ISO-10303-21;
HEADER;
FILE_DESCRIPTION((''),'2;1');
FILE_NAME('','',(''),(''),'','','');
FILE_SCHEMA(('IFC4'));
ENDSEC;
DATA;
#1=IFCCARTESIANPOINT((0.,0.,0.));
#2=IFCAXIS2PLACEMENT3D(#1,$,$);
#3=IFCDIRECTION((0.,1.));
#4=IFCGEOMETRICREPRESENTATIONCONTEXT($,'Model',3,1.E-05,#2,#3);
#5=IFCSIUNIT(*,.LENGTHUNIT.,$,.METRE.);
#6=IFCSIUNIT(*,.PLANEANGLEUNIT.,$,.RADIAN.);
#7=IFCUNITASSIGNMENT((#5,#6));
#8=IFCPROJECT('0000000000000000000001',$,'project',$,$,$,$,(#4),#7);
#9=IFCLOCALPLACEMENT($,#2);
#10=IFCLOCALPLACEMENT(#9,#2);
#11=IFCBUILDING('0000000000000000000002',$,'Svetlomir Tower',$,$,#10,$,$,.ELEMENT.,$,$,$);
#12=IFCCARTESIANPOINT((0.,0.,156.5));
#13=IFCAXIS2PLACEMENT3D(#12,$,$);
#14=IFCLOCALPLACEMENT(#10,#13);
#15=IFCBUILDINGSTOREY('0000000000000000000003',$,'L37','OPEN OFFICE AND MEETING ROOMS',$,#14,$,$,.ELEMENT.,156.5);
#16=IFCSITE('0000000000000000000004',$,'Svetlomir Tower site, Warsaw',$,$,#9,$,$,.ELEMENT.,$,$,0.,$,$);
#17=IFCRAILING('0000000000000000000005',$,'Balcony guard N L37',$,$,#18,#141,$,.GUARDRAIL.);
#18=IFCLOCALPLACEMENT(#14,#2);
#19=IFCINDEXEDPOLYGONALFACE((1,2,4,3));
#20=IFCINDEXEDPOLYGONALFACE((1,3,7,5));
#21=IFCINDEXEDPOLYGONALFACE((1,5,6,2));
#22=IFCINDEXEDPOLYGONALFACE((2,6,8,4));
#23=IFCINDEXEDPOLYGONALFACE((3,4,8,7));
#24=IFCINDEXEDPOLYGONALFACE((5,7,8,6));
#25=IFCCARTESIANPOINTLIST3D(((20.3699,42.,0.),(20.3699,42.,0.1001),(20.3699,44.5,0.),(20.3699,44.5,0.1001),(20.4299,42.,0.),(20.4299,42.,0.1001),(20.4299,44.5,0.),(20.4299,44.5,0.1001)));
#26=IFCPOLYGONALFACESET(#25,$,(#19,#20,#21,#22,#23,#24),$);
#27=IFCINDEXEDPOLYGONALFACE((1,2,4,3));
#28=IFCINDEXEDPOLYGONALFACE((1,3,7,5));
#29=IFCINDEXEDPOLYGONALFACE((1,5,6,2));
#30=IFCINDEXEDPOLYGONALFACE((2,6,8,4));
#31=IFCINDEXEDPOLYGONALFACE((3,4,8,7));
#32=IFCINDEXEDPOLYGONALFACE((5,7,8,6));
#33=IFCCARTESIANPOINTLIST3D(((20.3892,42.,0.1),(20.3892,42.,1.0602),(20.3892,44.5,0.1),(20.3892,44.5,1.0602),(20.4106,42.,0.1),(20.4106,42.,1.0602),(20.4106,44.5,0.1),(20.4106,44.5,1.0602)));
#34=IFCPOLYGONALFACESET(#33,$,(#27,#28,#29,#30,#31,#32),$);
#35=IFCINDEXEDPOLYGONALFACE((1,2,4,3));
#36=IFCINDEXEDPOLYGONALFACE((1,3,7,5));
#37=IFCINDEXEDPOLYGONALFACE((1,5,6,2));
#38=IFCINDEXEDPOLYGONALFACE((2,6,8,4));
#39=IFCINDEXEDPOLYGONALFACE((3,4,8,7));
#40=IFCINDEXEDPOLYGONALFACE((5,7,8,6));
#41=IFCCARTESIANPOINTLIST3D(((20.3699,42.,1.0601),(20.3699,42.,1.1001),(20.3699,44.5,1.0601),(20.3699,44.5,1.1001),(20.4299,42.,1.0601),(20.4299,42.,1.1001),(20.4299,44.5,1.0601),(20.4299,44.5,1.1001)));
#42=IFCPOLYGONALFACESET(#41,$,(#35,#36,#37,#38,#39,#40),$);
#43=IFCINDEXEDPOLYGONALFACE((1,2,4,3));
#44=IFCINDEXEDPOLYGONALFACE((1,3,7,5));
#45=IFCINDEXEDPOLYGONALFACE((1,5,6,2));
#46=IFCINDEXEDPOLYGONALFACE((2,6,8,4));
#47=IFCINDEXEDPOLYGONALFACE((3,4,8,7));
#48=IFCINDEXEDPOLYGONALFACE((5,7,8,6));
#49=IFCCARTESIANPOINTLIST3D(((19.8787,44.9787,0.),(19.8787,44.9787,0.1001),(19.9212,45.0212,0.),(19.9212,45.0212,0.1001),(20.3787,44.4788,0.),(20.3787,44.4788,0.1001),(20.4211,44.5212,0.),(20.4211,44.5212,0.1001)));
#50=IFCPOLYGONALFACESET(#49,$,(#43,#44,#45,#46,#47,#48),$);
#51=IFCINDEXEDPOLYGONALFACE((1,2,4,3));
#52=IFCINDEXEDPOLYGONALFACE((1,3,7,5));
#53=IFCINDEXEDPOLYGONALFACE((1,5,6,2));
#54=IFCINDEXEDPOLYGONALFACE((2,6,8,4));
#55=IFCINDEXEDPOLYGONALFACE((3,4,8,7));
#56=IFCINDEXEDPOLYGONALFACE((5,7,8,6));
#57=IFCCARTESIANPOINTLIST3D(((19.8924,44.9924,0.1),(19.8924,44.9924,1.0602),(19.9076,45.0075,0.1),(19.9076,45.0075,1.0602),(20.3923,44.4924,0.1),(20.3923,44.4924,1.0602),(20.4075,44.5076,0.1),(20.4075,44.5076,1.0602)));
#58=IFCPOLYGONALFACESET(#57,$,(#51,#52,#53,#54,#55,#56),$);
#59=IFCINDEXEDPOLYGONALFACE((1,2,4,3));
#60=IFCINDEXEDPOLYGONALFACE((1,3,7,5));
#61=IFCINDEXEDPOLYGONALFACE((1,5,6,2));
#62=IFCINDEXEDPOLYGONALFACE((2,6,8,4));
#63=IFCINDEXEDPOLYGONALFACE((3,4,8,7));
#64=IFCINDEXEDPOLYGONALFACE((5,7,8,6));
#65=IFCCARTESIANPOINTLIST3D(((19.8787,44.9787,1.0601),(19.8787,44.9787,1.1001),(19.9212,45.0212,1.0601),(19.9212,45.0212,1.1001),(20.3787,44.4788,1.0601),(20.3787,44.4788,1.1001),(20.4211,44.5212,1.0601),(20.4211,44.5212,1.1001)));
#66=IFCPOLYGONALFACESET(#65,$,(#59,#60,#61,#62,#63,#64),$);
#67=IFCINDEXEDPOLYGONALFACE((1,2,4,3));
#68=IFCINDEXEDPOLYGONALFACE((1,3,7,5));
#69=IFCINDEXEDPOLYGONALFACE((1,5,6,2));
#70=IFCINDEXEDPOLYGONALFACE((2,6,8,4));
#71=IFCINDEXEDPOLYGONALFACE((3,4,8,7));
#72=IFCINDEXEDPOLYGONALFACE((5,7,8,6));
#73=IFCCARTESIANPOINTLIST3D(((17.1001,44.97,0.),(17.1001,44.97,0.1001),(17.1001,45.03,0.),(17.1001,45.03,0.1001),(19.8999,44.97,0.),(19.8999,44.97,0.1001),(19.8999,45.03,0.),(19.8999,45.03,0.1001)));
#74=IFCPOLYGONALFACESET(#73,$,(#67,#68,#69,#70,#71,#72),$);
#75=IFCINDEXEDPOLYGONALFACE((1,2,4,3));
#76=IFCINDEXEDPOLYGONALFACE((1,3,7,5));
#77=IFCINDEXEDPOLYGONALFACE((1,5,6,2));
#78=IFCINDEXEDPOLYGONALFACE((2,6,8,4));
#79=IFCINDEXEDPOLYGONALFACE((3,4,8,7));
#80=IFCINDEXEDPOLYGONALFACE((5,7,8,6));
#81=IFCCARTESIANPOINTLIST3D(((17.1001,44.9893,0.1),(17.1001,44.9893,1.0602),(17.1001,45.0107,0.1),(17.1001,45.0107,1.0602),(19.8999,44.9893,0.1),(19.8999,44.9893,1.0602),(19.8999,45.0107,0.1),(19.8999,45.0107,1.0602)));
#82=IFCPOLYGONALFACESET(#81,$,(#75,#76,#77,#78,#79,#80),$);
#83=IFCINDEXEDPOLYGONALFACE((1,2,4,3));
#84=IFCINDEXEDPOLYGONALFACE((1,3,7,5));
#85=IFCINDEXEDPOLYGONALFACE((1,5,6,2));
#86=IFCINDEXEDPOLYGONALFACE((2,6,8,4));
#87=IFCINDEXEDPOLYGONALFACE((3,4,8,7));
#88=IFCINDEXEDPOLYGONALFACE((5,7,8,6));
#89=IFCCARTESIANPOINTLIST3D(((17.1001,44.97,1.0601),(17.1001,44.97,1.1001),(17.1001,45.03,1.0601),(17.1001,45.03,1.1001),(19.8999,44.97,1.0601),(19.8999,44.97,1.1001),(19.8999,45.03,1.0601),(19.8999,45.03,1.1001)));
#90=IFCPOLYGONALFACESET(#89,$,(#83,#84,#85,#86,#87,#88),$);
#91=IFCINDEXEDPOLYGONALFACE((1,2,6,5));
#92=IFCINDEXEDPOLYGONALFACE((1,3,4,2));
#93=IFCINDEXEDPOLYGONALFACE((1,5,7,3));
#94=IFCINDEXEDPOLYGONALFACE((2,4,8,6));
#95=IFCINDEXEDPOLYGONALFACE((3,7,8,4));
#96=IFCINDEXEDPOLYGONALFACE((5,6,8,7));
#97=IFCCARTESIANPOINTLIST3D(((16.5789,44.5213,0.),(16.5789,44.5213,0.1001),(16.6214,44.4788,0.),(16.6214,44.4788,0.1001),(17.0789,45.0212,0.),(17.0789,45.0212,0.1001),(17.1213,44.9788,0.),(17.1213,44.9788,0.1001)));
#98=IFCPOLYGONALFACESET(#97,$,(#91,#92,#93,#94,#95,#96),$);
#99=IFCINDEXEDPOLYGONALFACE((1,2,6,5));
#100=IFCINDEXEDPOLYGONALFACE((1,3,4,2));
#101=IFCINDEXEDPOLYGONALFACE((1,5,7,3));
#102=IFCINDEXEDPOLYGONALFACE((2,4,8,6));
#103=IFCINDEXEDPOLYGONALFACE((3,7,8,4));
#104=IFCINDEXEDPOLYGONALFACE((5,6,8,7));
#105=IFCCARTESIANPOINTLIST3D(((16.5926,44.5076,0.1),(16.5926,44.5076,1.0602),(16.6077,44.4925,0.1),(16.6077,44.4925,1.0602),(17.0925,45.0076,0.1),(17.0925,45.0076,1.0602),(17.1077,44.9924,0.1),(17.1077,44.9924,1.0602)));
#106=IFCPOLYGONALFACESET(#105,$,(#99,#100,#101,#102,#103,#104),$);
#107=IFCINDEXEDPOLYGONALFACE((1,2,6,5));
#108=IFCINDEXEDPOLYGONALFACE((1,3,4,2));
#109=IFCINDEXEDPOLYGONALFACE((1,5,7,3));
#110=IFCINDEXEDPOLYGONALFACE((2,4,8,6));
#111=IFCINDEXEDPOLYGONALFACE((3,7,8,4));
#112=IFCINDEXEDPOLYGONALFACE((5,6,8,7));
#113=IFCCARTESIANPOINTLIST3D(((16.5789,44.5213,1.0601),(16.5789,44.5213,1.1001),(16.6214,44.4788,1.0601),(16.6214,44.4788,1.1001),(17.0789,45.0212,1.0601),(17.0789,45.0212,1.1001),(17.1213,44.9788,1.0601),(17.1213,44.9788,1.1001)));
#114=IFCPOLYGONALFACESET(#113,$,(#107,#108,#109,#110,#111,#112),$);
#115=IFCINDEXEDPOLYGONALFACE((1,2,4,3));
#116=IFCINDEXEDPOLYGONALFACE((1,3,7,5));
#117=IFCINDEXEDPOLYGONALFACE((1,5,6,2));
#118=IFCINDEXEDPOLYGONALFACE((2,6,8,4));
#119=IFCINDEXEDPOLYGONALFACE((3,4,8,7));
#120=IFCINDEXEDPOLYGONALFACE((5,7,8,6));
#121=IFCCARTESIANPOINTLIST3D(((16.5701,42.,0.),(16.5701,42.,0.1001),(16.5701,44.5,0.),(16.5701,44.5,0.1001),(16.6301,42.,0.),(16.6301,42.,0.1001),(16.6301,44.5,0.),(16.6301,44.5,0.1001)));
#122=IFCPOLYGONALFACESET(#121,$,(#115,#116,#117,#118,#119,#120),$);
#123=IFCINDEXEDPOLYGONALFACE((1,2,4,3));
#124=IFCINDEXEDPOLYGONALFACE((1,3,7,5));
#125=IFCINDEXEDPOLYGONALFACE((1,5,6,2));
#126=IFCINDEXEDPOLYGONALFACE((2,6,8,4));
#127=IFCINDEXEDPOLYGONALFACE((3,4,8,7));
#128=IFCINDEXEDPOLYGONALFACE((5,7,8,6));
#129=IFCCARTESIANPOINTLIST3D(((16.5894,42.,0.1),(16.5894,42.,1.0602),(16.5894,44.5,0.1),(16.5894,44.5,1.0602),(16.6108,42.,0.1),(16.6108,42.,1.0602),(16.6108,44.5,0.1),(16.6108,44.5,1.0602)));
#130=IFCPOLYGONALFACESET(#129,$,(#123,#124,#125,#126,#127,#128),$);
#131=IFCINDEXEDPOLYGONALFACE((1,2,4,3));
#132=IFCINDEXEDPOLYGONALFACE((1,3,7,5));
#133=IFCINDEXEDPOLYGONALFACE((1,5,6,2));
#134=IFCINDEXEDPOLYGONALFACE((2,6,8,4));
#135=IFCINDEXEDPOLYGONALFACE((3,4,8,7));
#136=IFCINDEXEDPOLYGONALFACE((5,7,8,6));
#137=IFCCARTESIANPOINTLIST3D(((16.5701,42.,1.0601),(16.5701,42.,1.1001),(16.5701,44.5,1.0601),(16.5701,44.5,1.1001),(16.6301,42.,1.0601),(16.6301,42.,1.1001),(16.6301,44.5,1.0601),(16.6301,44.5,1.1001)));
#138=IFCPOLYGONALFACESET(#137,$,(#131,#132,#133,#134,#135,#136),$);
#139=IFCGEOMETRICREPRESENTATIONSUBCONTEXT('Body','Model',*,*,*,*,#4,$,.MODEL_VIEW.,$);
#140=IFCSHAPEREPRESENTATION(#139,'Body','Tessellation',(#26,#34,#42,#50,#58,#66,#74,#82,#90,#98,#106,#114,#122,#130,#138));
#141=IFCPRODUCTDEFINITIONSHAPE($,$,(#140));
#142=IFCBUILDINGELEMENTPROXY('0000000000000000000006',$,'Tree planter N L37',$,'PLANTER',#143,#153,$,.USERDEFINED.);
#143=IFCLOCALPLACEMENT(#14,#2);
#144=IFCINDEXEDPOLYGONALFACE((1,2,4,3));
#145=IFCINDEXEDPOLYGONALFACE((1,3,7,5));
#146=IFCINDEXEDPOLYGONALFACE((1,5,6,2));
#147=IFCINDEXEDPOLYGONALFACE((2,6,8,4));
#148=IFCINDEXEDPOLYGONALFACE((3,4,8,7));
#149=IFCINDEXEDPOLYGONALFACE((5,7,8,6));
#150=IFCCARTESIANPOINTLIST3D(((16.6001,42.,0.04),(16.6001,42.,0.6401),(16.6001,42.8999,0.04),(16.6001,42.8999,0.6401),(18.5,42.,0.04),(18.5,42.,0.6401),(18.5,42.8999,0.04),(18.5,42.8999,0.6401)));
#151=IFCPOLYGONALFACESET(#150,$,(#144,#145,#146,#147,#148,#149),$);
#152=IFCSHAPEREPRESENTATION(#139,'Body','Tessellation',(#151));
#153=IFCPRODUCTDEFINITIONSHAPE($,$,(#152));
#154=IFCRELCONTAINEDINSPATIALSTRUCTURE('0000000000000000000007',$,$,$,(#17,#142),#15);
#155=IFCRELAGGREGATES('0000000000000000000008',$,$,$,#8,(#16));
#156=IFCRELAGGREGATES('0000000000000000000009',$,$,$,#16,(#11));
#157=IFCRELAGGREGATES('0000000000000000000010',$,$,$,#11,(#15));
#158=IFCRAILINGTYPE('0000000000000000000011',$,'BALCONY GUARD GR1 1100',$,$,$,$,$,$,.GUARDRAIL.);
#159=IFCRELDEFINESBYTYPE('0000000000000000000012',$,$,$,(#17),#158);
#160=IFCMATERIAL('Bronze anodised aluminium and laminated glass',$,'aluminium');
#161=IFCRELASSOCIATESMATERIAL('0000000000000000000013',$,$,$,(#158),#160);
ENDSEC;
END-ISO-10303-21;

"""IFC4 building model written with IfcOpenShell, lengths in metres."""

from ifc_helpers import new_model, si_unit, direction, frame, origin, origin_2d, place, context, subcontext, project, spatial, rectangle, extrude, material, type_object, element, save


model = new_model("IFC4")

# Units and contexts
model_context = context("Model", 3, precision=1e-05, world=origin(), true_north=direction((0.0, 1.0)))
body_context = subcontext(model_context, "Body", "Model", "MODEL_VIEW")
ifc_project = project(units=[si_unit("LENGTHUNIT", "METRE"), si_unit("PLANEANGLEUNIT", "RADIAN")], contexts=[model_context])

# Site, building, storey
site_placement = place(None, origin())
site = spatial("IfcSite", under=ifc_project, at=site_placement, Name="Svetlomir Tower site, Warsaw", CompositionType="ELEMENT", RefElevation=0.0)
building_placement = place(site_placement, origin())
building = spatial("IfcBuilding", under=site, at=building_placement, Name="Svetlomir Tower", CompositionType="ELEMENT")
storey_placement = place(building_placement, frame((0.0, 0.0, 156.5)))
storey = spatial("IfcBuildingStorey", under=building, at=storey_placement, Name="L37", Description="OPEN OFFICE AND MEETING ROOMS", CompositionType="ELEMENT", Elevation=156.5)

# Railing
ifc_material_1 = material(Name="Bronze anodised aluminium and laminated glass", Category="aluminium")
railing_type = type_object("IfcRailingType", Name="BALCONY GUARD GR1 1100", PredefinedType="GUARDRAIL", material=ifc_material_1)
railing_placement = place(storey_placement, frame((20.3999, 42.0, 0.0)))
element("IfcRailing", 1, at=railing_placement, inside=storey, type_object=railing_type, Name="Balcony guard N L37", PredefinedType="GUARDRAIL", context=body_context, shape_type="SweptSolid", body=[
    extrude(rectangle(XDim=0.0601, YDim=0.1001, at=origin_2d()), frame((0.0, 0.0, 0.05), z_axis=(0.0, 1.0, 0.0), x_axis=(-1.0, 0.0, 0.0)), (0.0, 0.0, 1.0), 2.5),
    extrude(rectangle(XDim=0.0215, YDim=0.9602, at=origin_2d()), frame((0.0, 0.0, 0.5801), z_axis=(0.0, 1.0, 0.0), x_axis=(-1.0, 0.0, 0.0)), (0.0, 0.0, 1.0), 2.5),
    extrude(rectangle(XDim=0.0601, YDim=0.04, at=origin_2d()), frame((0.0, 0.0, 1.0801), z_axis=(0.0, 1.0, 0.0), x_axis=(-1.0, 0.0, 0.0)), (0.0, 0.0, 1.0), 2.5),
    extrude(rectangle(XDim=0.0601, YDim=0.1001, at=origin_2d()), frame((0.0, 2.5, 0.05), z_axis=(-0.707107, 0.707107, 0.0), x_axis=(-0.707107, -0.707107, 0.0)), (0.0, 0.0, 1.0), 0.707),
    extrude(rectangle(XDim=0.0215, YDim=0.9602, at=origin_2d()), frame((0.0, 2.5, 0.5801), z_axis=(-0.707107, 0.707107, 0.0), x_axis=(-0.707107, -0.707107, 0.0)), (0.0, 0.0, 1.0), 0.707),
    extrude(rectangle(XDim=0.0601, YDim=0.04, at=origin_2d()), frame((0.0, 2.5, 1.0801), z_axis=(-0.707107, 0.707107, 0.0), x_axis=(-0.707107, -0.707107, 0.0)), (0.0, 0.0, 1.0), 0.707),
    extrude(rectangle(XDim=0.0601, YDim=0.1001, at=origin_2d()), frame((-0.5, 3.0, 0.05), z_axis=(-1.0, 0.0, 0.0), x_axis=(0.0, -1.0, 0.0)), (0.0, 0.0, 1.0), 2.7998),
    extrude(rectangle(XDim=0.0215, YDim=0.9602, at=origin_2d()), frame((-0.5, 3.0, 0.5801), z_axis=(-1.0, 0.0, 0.0), x_axis=(0.0, -1.0, 0.0)), (0.0, 0.0, 1.0), 2.7998),
    extrude(rectangle(XDim=0.0601, YDim=0.04, at=origin_2d()), frame((-0.5, 3.0, 1.0801), z_axis=(-1.0, 0.0, 0.0), x_axis=(0.0, -1.0, 0.0)), (0.0, 0.0, 1.0), 2.7998),
    extrude(rectangle(XDim=0.0601, YDim=0.1001, at=origin_2d()), frame((-3.2998, 3.0, 0.05), z_axis=(-0.707107, -0.707107, 0.0), x_axis=(0.707107, -0.707107, 0.0)), (0.0, 0.0, 1.0), 0.707),
    extrude(rectangle(XDim=0.0215, YDim=0.9602, at=origin_2d()), frame((-3.2998, 3.0, 0.5801), z_axis=(-0.707107, -0.707107, 0.0), x_axis=(0.707107, -0.707107, 0.0)), (0.0, 0.0, 1.0), 0.707),
    extrude(rectangle(XDim=0.0601, YDim=0.04, at=origin_2d()), frame((-3.2998, 3.0, 1.0801), z_axis=(-0.707107, -0.707107, 0.0), x_axis=(0.707107, -0.707107, 0.0)), (0.0, 0.0, 1.0), 0.707),
    extrude(rectangle(XDim=0.0601, YDim=0.1001, at=origin_2d()), frame((-3.7998, 2.5, 0.05), z_axis=(0.0, -1.0, 0.0), x_axis=(1.0, 0.0, 0.0)), (0.0, 0.0, 1.0), 2.5),
    extrude(rectangle(XDim=0.0215, YDim=0.9602, at=origin_2d()), frame((-3.7998, 2.5, 0.5801), z_axis=(0.0, -1.0, 0.0), x_axis=(1.0, 0.0, 0.0)), (0.0, 0.0, 1.0), 2.5),
    extrude(rectangle(XDim=0.0601, YDim=0.04, at=origin_2d()), frame((-3.7998, 2.5, 1.0801), z_axis=(0.0, -1.0, 0.0), x_axis=(1.0, 0.0, 0.0)), (0.0, 0.0, 1.0), 2.5),
])

# Building element proxy
proxy_placement = place(storey_placement, frame((17.55, 42.45, 0.04), z_axis=(0.0, 0.0, 1.0), x_axis=(1.0, 0.0, 0.0)))
element("IfcBuildingElementProxy", 2, at=proxy_placement, inside=storey, Name="Tree planter N L37", ObjectType="PLANTER", PredefinedType="USERDEFINED", context=body_context, shape_type="SweptSolid", body=[
    extrude(rectangle(XDim=1.8999, YDim=0.8999, at=origin_2d()), origin(), (0.0, 0.0, 1.0), 0.6001),
])

save(model, "model.ifc")
